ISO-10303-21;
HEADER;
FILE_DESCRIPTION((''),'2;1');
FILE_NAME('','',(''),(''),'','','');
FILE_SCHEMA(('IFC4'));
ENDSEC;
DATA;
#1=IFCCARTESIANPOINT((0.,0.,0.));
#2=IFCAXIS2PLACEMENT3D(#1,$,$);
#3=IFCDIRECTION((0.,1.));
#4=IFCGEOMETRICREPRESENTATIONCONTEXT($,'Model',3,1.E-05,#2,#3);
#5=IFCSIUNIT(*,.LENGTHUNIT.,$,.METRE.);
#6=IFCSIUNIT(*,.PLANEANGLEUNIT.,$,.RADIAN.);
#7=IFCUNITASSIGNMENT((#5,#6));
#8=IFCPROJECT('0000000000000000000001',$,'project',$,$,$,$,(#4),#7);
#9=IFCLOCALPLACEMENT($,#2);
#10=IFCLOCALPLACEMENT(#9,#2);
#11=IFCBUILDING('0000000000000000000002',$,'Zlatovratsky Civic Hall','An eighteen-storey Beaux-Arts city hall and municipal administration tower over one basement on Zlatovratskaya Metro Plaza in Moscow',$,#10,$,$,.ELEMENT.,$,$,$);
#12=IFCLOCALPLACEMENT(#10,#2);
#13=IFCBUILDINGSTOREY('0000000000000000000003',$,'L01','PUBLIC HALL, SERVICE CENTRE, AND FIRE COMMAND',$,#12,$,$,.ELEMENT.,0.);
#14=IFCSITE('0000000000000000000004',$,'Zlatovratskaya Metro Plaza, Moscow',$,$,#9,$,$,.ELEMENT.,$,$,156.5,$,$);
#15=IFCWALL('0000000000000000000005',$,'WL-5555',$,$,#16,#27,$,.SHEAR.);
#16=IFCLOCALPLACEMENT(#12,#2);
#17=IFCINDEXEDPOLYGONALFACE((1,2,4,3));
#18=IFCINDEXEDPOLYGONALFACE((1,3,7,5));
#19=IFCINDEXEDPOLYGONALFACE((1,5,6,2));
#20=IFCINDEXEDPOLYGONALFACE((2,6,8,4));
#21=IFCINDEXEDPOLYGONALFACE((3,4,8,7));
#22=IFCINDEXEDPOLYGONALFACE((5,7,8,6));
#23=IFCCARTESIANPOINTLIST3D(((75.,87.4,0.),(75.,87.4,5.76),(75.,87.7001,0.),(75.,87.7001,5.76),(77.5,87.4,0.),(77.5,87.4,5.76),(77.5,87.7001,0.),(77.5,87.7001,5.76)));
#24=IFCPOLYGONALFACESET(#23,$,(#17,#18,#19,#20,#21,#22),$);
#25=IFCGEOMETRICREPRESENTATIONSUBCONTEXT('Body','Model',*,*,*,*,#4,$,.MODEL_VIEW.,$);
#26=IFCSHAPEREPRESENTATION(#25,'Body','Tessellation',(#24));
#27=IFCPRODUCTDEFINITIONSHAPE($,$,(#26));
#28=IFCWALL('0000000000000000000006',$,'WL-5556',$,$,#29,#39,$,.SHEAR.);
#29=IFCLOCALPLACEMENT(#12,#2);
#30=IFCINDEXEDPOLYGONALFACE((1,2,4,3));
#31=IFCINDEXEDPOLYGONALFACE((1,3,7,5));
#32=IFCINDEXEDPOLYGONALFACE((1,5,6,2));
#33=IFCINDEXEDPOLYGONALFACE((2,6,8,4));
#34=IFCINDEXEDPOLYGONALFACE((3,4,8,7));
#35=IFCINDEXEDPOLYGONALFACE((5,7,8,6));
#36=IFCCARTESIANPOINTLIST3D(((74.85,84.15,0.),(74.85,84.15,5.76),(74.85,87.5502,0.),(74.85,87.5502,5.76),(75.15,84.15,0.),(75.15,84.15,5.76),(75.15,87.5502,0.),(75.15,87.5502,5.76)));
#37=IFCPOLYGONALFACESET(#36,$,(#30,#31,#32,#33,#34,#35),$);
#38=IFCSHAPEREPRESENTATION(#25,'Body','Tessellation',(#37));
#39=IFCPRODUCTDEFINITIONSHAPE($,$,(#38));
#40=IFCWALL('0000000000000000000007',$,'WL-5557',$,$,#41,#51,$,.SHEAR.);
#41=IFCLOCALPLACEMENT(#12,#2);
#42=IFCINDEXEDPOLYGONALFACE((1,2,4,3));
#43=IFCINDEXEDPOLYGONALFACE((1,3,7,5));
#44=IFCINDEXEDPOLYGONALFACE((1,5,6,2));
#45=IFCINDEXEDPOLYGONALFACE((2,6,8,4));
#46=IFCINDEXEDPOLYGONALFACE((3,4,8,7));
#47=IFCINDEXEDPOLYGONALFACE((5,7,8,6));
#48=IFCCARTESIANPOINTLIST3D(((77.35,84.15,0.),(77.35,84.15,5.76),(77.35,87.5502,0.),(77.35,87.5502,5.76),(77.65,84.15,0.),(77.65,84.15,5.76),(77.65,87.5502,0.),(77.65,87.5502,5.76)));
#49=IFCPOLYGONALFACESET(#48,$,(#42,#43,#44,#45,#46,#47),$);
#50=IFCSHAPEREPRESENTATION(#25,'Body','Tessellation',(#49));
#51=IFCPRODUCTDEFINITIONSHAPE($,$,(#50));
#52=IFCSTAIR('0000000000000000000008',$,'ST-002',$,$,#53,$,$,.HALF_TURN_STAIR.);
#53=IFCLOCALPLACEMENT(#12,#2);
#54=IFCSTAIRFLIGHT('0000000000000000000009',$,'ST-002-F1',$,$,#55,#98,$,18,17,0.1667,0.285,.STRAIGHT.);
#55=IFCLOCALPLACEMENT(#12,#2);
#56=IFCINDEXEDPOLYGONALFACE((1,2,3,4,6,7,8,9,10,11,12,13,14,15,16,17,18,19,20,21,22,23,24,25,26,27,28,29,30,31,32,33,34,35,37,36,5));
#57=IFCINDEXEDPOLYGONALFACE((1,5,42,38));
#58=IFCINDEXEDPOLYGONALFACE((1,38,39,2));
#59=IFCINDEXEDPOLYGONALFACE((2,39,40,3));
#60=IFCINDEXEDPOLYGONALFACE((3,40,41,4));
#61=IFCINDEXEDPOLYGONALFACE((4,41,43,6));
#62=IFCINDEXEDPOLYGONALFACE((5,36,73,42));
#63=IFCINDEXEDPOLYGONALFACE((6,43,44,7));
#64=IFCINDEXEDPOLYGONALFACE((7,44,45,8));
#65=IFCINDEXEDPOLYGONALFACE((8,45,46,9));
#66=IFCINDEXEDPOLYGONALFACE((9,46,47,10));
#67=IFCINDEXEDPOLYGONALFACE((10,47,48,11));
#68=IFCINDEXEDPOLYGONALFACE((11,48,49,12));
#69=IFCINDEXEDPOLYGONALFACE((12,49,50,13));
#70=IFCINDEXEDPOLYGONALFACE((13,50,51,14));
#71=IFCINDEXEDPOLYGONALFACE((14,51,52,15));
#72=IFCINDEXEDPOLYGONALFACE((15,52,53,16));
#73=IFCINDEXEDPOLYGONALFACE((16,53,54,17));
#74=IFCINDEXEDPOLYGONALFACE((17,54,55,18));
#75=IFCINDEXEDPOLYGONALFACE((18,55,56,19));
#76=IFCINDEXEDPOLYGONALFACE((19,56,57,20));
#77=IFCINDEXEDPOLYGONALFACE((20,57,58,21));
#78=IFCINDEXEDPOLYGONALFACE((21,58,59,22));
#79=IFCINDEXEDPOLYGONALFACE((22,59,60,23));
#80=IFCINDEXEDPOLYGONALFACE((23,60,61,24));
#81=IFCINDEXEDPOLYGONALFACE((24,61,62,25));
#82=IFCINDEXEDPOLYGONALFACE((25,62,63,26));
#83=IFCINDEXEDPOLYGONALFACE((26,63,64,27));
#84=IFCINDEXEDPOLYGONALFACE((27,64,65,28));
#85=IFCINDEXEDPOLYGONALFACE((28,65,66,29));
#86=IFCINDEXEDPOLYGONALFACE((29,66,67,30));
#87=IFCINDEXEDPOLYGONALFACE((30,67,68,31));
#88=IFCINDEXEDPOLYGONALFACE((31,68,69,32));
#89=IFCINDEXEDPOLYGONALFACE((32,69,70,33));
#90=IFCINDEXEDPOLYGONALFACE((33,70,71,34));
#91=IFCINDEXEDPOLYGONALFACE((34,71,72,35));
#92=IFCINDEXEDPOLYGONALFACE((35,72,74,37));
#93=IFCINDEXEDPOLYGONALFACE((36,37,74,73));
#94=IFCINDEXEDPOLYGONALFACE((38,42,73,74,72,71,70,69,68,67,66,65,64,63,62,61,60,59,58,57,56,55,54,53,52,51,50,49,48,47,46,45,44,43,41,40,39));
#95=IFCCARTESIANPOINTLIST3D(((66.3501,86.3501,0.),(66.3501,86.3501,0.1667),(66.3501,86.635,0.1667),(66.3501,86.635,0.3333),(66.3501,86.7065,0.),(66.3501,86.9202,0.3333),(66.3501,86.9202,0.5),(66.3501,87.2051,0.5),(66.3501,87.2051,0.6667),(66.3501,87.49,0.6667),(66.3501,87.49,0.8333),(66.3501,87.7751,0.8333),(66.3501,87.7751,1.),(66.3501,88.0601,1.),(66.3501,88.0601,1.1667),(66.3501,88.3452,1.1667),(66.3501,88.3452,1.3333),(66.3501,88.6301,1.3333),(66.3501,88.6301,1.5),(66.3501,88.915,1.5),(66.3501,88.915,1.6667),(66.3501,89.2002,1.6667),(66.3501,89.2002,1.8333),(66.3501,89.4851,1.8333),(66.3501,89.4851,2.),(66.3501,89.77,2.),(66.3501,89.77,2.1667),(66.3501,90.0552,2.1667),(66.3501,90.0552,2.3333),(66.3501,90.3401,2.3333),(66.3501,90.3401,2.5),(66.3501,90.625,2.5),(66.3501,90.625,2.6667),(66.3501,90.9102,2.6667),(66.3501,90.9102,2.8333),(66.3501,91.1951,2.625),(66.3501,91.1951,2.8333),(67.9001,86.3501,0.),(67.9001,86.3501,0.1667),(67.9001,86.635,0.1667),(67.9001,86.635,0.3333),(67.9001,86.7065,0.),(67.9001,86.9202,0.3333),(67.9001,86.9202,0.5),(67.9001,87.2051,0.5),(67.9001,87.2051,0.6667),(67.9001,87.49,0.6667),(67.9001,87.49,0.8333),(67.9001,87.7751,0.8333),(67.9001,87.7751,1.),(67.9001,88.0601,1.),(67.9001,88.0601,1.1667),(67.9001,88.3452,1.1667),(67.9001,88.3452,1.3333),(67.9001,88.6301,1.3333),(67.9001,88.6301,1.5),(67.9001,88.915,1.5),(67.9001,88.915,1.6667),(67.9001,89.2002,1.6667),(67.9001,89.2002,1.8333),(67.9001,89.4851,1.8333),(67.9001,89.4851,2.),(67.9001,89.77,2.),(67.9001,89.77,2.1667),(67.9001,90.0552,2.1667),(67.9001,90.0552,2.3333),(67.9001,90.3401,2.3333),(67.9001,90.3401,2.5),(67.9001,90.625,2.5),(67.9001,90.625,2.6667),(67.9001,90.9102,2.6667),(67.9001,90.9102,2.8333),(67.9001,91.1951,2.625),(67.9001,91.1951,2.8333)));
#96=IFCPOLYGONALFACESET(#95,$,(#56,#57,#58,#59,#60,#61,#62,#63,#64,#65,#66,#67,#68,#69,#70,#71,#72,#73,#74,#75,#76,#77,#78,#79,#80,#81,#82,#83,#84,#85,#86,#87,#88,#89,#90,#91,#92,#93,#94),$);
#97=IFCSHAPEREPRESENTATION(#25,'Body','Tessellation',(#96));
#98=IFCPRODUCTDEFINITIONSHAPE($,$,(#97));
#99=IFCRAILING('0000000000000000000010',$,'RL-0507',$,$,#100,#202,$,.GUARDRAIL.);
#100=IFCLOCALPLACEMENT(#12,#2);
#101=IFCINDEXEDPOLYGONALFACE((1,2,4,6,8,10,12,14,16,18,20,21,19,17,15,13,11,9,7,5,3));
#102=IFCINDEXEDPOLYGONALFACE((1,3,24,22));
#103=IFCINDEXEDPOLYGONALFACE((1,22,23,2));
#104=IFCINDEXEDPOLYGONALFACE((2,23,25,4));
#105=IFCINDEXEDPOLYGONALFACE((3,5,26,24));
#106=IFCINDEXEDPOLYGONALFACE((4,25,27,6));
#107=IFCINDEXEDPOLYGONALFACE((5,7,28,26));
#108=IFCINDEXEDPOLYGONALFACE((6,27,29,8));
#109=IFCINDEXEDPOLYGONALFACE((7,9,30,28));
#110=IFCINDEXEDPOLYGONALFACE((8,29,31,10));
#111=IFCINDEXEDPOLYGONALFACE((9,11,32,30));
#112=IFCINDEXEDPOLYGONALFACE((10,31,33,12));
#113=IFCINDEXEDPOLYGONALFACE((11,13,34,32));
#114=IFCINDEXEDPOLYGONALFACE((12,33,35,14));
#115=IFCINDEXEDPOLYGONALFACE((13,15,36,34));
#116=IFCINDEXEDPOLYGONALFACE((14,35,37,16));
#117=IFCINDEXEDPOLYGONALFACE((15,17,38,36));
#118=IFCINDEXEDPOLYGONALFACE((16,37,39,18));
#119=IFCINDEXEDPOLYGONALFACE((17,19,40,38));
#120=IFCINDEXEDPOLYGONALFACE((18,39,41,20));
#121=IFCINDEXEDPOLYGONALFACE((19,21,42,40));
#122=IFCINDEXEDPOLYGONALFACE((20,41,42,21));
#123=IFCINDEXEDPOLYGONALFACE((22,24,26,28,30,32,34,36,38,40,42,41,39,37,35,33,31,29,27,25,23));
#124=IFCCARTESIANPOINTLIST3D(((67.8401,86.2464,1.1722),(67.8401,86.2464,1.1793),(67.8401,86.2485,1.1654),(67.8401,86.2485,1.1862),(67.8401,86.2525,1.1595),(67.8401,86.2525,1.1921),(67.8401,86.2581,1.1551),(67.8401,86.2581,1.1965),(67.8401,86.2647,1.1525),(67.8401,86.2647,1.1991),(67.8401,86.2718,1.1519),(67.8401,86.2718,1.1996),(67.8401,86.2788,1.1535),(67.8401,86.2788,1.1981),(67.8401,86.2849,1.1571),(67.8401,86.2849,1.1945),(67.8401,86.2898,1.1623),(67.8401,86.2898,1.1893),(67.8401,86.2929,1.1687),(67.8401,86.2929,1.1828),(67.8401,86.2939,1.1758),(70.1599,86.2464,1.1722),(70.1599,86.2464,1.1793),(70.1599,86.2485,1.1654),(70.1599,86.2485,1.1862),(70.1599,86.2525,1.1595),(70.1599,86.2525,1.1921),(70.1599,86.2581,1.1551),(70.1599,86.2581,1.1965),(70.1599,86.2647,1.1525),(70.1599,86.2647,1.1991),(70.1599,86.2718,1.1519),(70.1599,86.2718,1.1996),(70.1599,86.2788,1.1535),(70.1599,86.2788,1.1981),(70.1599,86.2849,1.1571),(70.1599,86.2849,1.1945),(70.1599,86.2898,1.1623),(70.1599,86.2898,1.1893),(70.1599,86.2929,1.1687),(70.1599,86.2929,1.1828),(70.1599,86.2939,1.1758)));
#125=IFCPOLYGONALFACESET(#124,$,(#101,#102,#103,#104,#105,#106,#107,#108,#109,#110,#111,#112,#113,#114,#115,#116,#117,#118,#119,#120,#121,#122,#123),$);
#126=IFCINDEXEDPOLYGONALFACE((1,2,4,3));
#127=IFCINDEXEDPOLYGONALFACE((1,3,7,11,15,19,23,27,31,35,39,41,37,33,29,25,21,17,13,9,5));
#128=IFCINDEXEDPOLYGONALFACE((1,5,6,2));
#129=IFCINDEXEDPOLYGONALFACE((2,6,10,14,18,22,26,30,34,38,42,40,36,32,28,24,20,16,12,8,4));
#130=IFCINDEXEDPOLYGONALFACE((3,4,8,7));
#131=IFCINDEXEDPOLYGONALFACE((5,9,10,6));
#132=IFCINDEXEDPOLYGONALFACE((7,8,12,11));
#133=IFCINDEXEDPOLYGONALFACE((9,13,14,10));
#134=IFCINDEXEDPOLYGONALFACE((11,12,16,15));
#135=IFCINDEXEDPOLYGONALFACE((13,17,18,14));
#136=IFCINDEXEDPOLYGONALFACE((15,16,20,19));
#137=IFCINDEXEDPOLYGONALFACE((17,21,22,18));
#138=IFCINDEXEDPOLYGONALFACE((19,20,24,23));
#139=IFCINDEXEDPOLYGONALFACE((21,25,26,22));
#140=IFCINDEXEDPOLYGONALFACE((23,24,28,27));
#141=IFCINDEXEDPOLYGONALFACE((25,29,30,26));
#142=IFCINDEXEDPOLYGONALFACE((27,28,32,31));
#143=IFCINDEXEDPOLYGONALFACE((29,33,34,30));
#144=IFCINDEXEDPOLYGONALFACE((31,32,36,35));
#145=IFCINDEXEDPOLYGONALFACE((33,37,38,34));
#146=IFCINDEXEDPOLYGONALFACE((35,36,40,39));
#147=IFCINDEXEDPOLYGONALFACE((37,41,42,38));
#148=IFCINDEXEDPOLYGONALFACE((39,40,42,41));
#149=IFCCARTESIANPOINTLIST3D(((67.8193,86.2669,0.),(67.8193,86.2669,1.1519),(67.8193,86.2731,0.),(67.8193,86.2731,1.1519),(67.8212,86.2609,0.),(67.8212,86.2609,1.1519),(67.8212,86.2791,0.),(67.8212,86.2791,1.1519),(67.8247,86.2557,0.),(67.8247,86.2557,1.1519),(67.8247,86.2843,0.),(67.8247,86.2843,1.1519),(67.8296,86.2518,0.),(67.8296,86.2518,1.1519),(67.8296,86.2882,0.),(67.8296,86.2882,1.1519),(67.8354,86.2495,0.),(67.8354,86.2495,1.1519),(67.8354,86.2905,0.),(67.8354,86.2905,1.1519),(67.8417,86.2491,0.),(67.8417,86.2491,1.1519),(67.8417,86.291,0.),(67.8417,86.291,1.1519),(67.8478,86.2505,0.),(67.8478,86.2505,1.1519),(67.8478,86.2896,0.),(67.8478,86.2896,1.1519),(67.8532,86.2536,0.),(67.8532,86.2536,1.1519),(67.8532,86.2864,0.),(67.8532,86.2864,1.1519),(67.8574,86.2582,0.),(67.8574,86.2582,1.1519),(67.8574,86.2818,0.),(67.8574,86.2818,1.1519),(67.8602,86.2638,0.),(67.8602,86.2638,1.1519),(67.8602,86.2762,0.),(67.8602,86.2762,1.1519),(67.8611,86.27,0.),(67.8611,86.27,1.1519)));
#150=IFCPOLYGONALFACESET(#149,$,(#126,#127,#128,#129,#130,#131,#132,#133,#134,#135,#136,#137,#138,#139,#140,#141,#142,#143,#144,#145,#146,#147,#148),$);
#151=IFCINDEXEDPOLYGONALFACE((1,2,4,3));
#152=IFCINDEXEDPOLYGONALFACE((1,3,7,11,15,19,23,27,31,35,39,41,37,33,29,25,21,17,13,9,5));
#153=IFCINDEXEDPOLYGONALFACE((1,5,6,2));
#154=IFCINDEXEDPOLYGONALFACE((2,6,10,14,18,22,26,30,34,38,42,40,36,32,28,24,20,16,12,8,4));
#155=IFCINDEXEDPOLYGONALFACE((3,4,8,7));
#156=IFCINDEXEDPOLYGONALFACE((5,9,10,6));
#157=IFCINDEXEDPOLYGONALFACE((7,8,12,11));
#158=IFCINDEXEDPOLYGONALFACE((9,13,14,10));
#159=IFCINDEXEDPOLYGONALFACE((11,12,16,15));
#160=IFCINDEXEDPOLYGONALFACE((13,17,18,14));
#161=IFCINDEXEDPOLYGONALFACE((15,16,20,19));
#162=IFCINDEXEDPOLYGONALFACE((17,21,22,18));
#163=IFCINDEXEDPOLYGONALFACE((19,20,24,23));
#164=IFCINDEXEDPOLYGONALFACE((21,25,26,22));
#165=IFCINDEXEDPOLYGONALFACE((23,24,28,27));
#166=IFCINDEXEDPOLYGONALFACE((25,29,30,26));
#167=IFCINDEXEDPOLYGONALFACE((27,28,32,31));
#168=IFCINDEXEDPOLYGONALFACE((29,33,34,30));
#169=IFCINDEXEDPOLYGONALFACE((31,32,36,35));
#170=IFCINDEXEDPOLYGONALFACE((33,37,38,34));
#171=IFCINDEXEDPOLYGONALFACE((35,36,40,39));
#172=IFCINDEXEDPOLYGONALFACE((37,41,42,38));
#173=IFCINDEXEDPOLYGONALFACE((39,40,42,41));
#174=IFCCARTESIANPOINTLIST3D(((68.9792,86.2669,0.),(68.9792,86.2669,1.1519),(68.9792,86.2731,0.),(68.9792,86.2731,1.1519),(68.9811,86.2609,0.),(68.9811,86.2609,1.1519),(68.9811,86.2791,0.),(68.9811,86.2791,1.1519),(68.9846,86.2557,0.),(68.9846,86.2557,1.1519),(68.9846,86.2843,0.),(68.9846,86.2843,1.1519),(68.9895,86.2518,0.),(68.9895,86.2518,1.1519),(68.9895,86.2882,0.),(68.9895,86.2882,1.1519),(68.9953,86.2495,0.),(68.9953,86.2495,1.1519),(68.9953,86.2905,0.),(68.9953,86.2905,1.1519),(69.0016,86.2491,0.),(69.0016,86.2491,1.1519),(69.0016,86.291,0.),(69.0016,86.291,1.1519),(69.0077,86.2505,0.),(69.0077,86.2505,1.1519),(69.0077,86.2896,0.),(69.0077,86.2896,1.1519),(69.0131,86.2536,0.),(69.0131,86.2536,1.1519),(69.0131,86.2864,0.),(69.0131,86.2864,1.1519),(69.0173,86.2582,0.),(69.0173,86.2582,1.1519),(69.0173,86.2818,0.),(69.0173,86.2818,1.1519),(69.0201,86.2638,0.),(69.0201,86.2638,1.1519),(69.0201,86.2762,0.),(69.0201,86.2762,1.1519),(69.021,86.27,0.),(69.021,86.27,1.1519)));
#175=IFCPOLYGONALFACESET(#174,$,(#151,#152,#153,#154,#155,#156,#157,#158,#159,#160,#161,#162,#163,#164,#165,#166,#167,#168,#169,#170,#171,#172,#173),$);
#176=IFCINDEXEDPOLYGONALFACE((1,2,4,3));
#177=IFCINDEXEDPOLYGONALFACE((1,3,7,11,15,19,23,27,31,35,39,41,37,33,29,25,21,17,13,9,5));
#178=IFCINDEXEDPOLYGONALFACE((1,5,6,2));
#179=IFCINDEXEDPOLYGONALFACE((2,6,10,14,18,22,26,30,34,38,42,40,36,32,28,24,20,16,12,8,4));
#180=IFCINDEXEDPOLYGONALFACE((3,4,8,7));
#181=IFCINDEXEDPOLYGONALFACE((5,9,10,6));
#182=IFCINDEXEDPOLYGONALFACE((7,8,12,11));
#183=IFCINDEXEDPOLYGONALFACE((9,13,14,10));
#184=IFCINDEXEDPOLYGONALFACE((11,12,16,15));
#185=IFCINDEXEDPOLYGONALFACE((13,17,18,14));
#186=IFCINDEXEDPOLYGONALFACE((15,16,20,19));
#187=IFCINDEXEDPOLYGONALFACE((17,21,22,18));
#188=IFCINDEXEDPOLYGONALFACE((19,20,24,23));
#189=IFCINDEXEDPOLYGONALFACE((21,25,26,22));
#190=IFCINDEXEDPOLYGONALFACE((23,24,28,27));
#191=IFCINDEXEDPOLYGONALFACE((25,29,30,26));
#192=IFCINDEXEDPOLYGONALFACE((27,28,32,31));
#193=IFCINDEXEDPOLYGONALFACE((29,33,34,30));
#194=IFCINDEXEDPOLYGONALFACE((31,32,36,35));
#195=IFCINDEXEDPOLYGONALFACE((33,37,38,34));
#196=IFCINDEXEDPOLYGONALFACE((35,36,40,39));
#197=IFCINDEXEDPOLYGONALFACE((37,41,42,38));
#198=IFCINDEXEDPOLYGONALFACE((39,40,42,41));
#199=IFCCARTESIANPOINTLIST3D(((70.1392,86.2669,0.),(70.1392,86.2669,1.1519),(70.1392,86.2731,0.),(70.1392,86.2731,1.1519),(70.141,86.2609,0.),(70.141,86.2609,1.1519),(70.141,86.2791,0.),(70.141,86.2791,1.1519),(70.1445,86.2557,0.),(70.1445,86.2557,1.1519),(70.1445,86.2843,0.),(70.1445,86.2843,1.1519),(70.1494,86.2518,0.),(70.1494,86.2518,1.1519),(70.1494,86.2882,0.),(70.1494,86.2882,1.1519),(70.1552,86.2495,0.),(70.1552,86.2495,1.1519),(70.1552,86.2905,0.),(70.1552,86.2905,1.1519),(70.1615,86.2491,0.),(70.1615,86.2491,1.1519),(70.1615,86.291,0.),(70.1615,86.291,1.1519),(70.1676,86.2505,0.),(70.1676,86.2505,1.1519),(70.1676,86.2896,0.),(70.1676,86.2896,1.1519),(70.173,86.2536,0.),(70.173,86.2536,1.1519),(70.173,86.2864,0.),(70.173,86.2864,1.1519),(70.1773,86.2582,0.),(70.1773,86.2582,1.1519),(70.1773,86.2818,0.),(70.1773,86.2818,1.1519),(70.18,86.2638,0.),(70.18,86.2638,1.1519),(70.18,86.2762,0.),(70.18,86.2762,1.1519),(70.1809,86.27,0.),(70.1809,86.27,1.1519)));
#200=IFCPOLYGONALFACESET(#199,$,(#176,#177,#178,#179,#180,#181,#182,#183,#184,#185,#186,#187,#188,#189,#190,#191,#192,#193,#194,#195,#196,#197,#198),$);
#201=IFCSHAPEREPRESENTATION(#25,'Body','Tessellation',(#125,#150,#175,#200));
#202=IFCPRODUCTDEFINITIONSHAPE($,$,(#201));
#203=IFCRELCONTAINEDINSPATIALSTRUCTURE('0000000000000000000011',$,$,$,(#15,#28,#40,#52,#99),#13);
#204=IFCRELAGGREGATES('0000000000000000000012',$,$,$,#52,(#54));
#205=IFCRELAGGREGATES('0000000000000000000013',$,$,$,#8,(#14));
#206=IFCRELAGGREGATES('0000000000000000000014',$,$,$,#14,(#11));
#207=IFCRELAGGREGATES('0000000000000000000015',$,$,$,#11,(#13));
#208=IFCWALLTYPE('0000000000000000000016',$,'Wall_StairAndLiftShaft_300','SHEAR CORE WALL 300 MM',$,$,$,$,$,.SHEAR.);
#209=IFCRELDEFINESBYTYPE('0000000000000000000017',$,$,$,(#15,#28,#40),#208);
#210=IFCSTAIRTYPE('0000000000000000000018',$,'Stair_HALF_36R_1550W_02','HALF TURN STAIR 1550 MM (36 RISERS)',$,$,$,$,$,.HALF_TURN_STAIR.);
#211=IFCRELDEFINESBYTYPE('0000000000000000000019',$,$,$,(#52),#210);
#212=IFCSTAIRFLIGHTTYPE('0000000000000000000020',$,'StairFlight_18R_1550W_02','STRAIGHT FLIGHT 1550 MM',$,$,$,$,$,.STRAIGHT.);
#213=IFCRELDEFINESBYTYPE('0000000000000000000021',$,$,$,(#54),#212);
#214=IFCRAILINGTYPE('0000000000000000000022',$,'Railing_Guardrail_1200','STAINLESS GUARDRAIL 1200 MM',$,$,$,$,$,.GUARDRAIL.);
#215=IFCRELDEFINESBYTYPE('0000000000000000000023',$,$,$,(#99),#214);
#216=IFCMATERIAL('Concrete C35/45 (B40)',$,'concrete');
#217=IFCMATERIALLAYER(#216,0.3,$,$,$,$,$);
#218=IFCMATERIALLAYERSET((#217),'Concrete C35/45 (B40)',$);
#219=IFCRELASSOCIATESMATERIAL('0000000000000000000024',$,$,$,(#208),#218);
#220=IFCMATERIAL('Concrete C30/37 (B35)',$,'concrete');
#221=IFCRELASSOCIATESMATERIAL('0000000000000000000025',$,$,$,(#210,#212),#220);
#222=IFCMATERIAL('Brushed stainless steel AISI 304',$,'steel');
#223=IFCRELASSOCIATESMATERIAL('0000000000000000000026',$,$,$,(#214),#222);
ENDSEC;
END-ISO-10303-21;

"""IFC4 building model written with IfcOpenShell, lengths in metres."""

from ifc_helpers import new_model, si_unit, direction, frame, frame_2d, origin, origin_2d, place, context, subcontext, project, spatial, polyline, rectangle, circle, outline, extrude, material, layer, layer_set, type_object, element, aggregate, save


model = new_model("IFC4")

# Units and contexts
model_context = context("Model", 3, precision=1e-05, world=origin(), true_north=direction((0.0, 1.0)))
body_context = subcontext(model_context, "Body", "Model", "MODEL_VIEW")
ifc_project = project(units=[si_unit("LENGTHUNIT", "METRE"), si_unit("PLANEANGLEUNIT", "RADIAN")], contexts=[model_context])

# Site, building, storey
site_placement = place(None, origin())
site = spatial("IfcSite", under=ifc_project, at=site_placement, Name="Zlatovratskaya Metro Plaza, Moscow", CompositionType="ELEMENT", RefElevation=156.5)
building_placement = place(site_placement, origin())
building = spatial("IfcBuilding", under=site, at=building_placement, Name="Zlatovratsky Civic Hall", Description="An eighteen-storey Beaux-Arts city hall and municipal administration tower over one basement on Zlatovratskaya Metro Plaza in Moscow", CompositionType="ELEMENT")
storey_placement = place(building_placement, origin())
storey = spatial("IfcBuildingStorey", under=building, at=storey_placement, Name="L01", Description="PUBLIC HALL, SERVICE CENTRE, AND FIRE COMMAND", CompositionType="ELEMENT", Elevation=0.0)

# Shared definitions
ifc_material_1 = material(Name="Concrete C35/45 (B40)", Category="concrete")

# Shared definitions
ifc_layer_1 = layer(ifc_material_1, 0.3)
ifc_layer_set_1 = layer_set([ifc_layer_1], Name="Concrete C35/45 (B40)")
wall_type_1 = type_object("IfcWallType", Name="Wall_StairAndLiftShaft_300", Description="SHEAR CORE WALL 300 MM", PredefinedType="SHEAR", material=ifc_layer_set_1)
ifc_material_2 = material(Name="Brushed stainless steel AISI 304", Category="steel")

# Walls
wall_1_placement = place(storey_placement, frame((75.0, 87.55, 0.0), z_axis=(0.0, 0.0, 1.0), x_axis=(1.0, 0.0, 0.0)))
element("IfcWall", 1, at=wall_1_placement, inside=storey, type_object=wall_type_1, Name="WL-5555", PredefinedType="SHEAR", context=body_context, shape_type="SweptSolid", body=[
    extrude(rectangle(XDim=2.5, YDim=0.3, at=frame_2d((1.25, 0.0))), origin(), (0.0, 0.0, 1.0), 5.76),
])
for number, where, z_axis, x_axis, name in (
    (2, (75.0, 84.1499, 0.0), (0.0, 0.0, 1.0), (0.0, 1.0, 0.0), "WL-5556"),
    (3, (77.5, 84.1499, 0.0), (0.0, 0.0, 1.0), (0.0, 1.0, 0.0), "WL-5557"),
):
    element("IfcWall", number, at=place(storey_placement, frame(where, z_axis=z_axis, x_axis=x_axis)), inside=storey, type_object=wall_type_1, Name=name, PredefinedType="SHEAR", context=body_context, shape_type="SweptSolid", body=[
        extrude(rectangle(XDim=3.4001, YDim=0.3, at=frame_2d((1.7002, 0.0))), origin(), (0.0, 0.0, 1.0), 5.76),
    ])

# Stair, stair flight
ifc_material_3 = material(Name="Concrete C30/37 (B35)", Category="concrete")
stair_type = type_object("IfcStairType", Name="Stair_HALF_36R_1550W_02", Description="HALF TURN STAIR 1550 MM (36 RISERS)", PredefinedType="HALF_TURN_STAIR", material=ifc_material_3)
stair_placement = place(storey_placement, origin())
stair = element("IfcStair", 4, at=stair_placement, inside=storey, type_object=stair_type, Name="ST-002", PredefinedType="HALF_TURN_STAIR")
stair_flight_type = type_object("IfcStairFlightType", Name="StairFlight_18R_1550W_02", Description="STRAIGHT FLIGHT 1550 MM", PredefinedType="STRAIGHT", material=ifc_material_3)
stair_flight_placement = place(storey_placement, frame((67.125, 86.3501, 0.0), z_axis=(0.0, 0.0, 1.0), x_axis=(0.0, 1.0, 0.0)))
stair_flight = element("IfcStairFlight", 5, at=stair_flight_placement, type_object=stair_flight_type, Name="ST-002-F1", NumberOfRisers=18, NumberOfTreads=17, PredefinedType="STRAIGHT", RiserHeight=0.1667, TreadLength=0.285, context=body_context, shape_type="SweptSolid", body=[
    extrude(outline(polyline([(0.0, 0.0), (0.0, 0.1667), (0.2849, 0.1667), (0.2849, 0.3333), (0.5701, 0.3333), (0.5701, 0.5), (0.855, 0.5), (0.855, 0.6667), (1.1399, 0.6667), (1.1399, 0.8333), (1.425, 0.8333), (1.425, 1.0), (1.71, 1.0), (1.71, 1.1667), (1.9951, 1.1667), (1.9951, 1.3333), (2.28, 1.3333), (2.28, 1.5), (2.5649, 1.5), (2.5649, 1.6667), (2.8501, 1.6667), (2.8501, 1.8333), (3.135, 1.8333), (3.135, 2.0), (3.4199, 2.0), (3.4199, 2.1667), (3.7051, 2.1667), (3.7051, 2.3333), (3.99, 2.3333), (3.99, 2.5), (4.2749, 2.5), (4.2749, 2.6667), (4.5601, 2.6667), (4.5601, 2.8333), (4.845, 2.8333), (4.845, 3.0), (4.845, 2.625), (0.3564, 0.0), (0.0, 0.0)])), frame((0.0, 0.7749, 0.0), z_axis=(0.0, -1.0, 0.0), x_axis=(1.0, 0.0, 0.0)), (0.0, 0.0, 1.0), 1.55),
])
aggregate(stair, [stair_flight])

# Railing
railing_type_1 = type_object("IfcRailingType", Name="Railing_Guardrail_1200", Description="STAINLESS GUARDRAIL 1200 MM", PredefinedType="GUARDRAIL", material=ifc_material_2)
railing_1_placement = place(storey_placement, frame((67.8401, 86.27, 0.0)))
element("IfcRailing", 6, at=railing_1_placement, inside=storey, type_object=railing_type_1, Name="RL-0507", PredefinedType="GUARDRAIL", context=body_context, shape_type="SweptSolid", body=[
    extrude(circle(Radius=0.0239, at=origin_2d()), frame((0.0, 0.0, 1.1758), z_axis=(1.0, 0.0, 0.0), x_axis=(0.0, 1.0, 0.0)), (0.0, 0.0, 1.0), 2.3198),
    extrude(circle(Radius=0.021, at=origin_2d()), origin(), (0.0, 0.0, 1.0), 1.1519),
    extrude(circle(Radius=0.021, at=origin_2d()), frame((1.1599, 0.0, 0.0)), (0.0, 0.0, 1.0), 1.1519),
    extrude(circle(Radius=0.021, at=origin_2d()), frame((2.3198, 0.0, 0.0)), (0.0, 0.0, 1.0), 1.1519),
])

save(model, "model.ifc")
